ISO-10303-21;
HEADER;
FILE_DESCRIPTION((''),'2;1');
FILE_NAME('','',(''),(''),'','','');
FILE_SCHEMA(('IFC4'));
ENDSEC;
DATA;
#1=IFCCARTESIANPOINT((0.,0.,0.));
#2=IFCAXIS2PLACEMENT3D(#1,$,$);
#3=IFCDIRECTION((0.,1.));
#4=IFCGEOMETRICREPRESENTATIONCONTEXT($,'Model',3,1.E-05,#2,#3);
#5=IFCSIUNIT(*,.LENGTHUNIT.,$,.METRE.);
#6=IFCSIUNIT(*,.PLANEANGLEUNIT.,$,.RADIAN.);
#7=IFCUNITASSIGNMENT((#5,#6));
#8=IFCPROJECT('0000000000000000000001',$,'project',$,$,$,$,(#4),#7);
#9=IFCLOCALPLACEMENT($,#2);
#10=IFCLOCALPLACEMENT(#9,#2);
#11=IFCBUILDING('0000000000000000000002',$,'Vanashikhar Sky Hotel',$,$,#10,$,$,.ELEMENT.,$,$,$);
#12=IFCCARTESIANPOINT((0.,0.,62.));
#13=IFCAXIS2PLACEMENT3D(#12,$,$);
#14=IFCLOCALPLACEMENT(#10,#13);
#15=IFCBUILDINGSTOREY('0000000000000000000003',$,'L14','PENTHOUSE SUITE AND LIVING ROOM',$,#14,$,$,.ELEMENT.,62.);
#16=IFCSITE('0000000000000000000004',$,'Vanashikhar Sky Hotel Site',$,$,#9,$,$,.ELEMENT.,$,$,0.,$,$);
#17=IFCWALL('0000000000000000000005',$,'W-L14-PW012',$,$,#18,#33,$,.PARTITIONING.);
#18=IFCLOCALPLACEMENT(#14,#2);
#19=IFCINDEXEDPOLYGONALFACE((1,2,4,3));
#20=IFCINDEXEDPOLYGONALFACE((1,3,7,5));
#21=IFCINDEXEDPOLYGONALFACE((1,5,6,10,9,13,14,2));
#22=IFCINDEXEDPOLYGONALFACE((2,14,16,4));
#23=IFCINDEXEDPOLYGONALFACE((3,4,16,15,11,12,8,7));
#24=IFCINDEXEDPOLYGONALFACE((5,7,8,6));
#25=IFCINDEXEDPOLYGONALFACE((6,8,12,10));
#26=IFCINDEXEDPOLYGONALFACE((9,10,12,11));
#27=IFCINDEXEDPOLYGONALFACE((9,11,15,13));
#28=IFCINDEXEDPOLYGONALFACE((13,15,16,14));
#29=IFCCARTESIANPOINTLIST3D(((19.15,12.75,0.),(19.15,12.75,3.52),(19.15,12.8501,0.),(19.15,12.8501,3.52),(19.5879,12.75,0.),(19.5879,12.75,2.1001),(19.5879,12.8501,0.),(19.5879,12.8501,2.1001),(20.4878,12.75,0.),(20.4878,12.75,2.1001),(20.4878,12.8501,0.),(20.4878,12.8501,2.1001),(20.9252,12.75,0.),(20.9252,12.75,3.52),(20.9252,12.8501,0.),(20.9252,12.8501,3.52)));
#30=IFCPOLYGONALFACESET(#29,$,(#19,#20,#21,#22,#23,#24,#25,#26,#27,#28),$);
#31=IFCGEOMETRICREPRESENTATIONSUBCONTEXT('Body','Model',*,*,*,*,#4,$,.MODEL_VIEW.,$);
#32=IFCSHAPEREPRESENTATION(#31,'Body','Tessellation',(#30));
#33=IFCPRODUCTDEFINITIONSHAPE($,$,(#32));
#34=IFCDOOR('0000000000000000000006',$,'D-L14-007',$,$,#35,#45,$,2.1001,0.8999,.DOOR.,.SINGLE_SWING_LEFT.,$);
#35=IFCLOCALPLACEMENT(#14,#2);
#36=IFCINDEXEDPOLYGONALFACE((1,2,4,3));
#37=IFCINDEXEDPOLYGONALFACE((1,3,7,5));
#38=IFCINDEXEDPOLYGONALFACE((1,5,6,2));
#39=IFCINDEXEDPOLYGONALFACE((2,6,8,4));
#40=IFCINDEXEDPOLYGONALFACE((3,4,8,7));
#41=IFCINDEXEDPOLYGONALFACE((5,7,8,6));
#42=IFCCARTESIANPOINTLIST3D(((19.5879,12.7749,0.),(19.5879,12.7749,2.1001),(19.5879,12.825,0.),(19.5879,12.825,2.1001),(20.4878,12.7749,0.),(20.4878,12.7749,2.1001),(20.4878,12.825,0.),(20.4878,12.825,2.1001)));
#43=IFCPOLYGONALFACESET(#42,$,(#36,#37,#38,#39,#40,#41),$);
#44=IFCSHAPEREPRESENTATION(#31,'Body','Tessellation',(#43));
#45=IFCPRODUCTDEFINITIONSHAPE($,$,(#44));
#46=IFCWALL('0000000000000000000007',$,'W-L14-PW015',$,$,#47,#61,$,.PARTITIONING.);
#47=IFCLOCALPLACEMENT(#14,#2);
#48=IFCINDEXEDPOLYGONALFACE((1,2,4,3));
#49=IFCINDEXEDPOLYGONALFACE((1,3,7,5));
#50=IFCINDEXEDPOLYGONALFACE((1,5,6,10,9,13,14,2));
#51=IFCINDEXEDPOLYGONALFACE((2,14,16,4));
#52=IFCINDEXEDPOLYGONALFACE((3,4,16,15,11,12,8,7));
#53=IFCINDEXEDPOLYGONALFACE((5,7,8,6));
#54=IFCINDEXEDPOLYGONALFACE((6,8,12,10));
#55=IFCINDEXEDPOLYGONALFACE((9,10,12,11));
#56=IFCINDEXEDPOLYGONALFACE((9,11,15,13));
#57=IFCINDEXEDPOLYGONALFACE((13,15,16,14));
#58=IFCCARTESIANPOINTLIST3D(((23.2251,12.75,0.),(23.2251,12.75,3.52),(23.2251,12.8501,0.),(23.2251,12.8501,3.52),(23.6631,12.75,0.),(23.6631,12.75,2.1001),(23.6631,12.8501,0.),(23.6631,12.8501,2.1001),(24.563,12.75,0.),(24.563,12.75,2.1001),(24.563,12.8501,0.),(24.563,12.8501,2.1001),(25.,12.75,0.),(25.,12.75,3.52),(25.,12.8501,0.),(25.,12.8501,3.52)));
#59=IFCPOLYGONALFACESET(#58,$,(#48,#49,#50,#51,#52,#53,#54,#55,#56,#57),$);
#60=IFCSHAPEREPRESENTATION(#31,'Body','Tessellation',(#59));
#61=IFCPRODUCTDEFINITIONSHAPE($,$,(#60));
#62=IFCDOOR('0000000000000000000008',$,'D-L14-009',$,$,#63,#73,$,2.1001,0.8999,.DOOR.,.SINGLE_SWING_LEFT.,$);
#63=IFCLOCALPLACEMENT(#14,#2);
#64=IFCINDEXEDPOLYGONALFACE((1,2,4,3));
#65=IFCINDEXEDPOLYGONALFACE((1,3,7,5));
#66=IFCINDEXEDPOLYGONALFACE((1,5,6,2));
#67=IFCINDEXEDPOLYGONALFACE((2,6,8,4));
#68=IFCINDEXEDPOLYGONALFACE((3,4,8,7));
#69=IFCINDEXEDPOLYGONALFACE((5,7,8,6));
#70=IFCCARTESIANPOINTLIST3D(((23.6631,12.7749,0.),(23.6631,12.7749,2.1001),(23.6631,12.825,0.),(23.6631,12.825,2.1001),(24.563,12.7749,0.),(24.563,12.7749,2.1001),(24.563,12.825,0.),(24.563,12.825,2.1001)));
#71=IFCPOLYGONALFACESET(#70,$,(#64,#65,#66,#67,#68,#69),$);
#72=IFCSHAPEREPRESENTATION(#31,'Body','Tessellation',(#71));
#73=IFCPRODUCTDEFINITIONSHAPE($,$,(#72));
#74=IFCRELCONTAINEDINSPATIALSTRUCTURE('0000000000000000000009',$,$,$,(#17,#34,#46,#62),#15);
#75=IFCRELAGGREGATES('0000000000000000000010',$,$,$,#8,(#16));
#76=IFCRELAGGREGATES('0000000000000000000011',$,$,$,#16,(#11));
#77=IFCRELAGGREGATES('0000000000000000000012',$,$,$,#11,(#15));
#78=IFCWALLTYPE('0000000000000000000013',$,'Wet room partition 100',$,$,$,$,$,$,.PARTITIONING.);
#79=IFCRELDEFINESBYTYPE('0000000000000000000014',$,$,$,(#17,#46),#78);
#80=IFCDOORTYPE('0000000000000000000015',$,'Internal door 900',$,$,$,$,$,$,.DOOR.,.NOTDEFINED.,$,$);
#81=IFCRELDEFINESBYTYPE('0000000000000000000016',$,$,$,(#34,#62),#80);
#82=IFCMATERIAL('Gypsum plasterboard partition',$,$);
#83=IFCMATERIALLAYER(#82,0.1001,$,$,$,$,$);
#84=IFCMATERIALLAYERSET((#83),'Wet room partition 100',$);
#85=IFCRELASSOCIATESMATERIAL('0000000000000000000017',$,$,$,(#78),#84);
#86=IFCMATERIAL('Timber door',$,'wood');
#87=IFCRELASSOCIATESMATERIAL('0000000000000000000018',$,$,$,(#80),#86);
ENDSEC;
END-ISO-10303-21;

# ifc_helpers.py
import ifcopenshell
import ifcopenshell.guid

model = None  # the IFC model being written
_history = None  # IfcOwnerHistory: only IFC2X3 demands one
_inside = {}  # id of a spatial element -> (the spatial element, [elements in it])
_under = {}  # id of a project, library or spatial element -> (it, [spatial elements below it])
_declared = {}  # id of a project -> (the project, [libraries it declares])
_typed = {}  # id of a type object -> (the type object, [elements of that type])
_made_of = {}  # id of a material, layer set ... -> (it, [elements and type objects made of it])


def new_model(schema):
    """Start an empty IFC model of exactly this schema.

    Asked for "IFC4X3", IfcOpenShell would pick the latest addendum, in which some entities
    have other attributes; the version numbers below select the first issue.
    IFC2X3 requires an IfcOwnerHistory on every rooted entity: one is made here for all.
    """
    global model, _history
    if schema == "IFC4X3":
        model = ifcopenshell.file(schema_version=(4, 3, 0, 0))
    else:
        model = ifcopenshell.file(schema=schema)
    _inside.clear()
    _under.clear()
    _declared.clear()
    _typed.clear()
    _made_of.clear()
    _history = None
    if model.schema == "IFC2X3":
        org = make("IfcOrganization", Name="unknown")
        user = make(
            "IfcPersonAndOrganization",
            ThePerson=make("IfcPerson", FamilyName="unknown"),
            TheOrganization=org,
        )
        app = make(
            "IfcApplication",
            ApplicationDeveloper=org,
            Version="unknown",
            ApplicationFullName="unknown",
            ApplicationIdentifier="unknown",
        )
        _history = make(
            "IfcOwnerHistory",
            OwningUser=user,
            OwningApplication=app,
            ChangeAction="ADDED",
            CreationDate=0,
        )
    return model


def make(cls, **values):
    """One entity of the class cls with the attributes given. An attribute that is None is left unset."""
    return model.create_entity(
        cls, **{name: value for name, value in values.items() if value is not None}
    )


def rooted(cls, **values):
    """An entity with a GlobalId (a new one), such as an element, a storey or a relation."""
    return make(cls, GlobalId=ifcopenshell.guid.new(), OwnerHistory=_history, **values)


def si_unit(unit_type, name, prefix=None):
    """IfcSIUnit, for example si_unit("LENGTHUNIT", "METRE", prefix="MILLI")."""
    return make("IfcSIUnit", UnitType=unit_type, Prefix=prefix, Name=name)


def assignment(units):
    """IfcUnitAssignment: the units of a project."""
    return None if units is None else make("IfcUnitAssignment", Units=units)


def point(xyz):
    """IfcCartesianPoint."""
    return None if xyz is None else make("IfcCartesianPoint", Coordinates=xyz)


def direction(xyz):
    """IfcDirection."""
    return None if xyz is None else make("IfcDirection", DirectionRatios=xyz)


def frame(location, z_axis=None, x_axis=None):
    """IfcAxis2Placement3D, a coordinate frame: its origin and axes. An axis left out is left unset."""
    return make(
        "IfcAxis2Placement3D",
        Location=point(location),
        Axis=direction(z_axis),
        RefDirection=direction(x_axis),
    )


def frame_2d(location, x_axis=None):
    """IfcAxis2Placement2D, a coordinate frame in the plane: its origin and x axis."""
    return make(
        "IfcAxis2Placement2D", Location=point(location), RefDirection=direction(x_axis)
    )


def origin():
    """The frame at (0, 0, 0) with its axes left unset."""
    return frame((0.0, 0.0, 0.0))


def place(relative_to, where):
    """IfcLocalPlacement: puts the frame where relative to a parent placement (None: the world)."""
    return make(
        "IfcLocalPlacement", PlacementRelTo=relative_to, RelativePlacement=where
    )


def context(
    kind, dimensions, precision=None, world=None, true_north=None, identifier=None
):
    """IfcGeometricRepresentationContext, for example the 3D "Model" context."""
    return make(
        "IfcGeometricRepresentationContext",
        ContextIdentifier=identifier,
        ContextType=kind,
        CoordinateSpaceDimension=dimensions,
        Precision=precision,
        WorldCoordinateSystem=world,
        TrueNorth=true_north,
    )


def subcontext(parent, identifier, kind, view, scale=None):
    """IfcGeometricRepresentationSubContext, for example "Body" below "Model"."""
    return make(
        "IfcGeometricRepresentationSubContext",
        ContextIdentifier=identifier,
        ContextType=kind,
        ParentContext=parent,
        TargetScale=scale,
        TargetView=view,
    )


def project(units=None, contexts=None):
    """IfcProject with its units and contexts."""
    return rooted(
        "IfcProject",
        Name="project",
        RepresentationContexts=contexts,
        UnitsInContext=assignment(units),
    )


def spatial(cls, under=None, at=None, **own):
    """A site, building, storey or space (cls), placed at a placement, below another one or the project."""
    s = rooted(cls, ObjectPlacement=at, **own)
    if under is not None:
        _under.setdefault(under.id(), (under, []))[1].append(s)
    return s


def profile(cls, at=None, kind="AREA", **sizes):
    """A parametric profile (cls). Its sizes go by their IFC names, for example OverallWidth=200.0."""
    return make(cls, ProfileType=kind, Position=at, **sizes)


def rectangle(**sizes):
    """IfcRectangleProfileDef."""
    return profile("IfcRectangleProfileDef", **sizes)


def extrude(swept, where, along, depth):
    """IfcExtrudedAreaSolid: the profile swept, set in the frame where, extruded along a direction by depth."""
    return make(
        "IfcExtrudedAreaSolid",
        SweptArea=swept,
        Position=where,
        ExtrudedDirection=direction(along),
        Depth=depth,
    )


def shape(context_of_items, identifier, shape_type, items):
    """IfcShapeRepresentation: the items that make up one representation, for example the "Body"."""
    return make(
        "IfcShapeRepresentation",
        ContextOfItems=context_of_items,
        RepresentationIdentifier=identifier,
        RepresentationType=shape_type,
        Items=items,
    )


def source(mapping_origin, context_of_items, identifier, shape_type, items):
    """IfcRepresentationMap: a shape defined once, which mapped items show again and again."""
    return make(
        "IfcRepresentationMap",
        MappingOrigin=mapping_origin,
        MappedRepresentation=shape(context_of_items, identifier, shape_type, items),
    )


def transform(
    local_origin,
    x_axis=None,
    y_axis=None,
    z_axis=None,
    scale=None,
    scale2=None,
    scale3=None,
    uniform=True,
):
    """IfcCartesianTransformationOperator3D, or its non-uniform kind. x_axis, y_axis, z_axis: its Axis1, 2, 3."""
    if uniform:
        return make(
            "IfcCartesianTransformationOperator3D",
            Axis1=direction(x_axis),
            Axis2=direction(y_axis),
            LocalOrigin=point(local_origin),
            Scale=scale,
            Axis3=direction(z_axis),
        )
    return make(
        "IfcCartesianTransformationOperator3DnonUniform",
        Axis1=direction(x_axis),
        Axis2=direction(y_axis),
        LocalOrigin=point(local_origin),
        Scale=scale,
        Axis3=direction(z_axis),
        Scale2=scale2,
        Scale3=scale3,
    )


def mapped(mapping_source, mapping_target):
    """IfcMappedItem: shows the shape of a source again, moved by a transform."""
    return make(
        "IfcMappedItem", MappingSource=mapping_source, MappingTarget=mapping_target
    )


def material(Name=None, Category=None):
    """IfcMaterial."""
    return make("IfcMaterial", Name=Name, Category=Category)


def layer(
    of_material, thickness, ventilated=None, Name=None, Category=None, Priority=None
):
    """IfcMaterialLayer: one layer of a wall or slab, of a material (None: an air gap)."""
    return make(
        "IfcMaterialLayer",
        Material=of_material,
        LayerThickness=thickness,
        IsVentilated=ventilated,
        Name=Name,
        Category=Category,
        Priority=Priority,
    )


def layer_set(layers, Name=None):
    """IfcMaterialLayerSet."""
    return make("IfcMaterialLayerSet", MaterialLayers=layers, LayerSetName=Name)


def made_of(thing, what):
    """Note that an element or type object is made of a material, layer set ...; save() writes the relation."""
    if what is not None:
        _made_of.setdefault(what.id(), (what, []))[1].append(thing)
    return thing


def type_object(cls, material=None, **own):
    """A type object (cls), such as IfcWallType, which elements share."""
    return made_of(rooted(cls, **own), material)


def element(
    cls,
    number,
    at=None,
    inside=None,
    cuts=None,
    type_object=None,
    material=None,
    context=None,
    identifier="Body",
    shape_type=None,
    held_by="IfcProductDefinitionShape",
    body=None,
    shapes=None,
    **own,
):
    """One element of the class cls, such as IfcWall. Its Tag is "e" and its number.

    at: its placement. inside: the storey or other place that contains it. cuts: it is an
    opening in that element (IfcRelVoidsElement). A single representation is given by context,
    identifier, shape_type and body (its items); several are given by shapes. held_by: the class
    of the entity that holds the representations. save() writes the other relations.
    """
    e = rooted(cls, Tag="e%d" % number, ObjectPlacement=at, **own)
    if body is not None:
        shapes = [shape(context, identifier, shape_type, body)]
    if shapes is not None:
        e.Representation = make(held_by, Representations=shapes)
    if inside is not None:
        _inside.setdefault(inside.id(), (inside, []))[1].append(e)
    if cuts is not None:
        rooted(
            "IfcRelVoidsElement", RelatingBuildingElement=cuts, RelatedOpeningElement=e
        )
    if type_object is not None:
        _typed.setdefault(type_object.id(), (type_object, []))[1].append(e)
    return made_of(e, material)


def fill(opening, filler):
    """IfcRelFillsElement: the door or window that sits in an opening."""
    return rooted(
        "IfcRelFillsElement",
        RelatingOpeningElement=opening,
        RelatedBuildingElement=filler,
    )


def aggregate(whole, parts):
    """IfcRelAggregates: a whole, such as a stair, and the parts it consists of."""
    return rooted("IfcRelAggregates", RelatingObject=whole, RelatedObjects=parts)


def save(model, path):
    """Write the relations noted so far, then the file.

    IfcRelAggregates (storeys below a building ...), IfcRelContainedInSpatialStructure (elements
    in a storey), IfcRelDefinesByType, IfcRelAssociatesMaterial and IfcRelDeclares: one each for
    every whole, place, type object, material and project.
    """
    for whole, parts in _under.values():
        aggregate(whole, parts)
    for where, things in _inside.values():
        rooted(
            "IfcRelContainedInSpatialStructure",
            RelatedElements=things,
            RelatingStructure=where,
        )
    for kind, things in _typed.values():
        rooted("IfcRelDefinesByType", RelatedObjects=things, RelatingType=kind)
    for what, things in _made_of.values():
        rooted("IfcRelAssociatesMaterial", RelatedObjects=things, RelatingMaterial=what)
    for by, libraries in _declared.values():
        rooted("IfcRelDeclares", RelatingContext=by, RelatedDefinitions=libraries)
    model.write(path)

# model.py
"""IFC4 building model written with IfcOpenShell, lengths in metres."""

from ifc_helpers import new_model, si_unit, direction, frame, frame_2d, origin, place, context, subcontext, project, spatial, rectangle, extrude, source, transform, mapped, material, layer, layer_set, type_object, element, fill, save


model = new_model("IFC4")

# Units and contexts
model_context = context("Model", 3, precision=1e-05, world=origin(), true_north=direction((0.0, 1.0)))
body_context = subcontext(model_context, "Body", "Model", "MODEL_VIEW")
ifc_project = project(units=[si_unit("LENGTHUNIT", "METRE"), si_unit("PLANEANGLEUNIT", "RADIAN")], contexts=[model_context])

# Site, building, storey
site_placement = place(None, origin())
site = spatial("IfcSite", under=ifc_project, at=site_placement, Name="Vanashikhar Sky Hotel Site", CompositionType="ELEMENT", RefElevation=0.0)
building_placement = place(site_placement, origin())
building = spatial("IfcBuilding", under=site, at=building_placement, Name="Vanashikhar Sky Hotel", CompositionType="ELEMENT")
storey_placement = place(building_placement, frame((0.0, 0.0, 62.0)))
storey = spatial("IfcBuildingStorey", under=building, at=storey_placement, Name="L14", Description="PENTHOUSE SUITE AND LIVING ROOM", CompositionType="ELEMENT", Elevation=62.0)

# Shared definitions
ifc_material_1 = material(Name="Gypsum plasterboard partition")
ifc_layer_1 = layer(ifc_material_1, 0.1001)
ifc_layer_set_1 = layer_set([ifc_layer_1], Name="Wet room partition 100")
wall_type_1 = type_object("IfcWallType", Name="Wet room partition 100", PredefinedType="PARTITIONING", material=ifc_layer_set_1)
shared_shape_1 = source(origin(), body_context, "Body", "SweptSolid", [
    extrude(rectangle(XDim=0.8999, YDim=2.1001, at=frame_2d((0.45, 1.05))), frame((0.0, 0.0601, 0.0), z_axis=(0.0, -1.0, 0.0), x_axis=(1.0, 0.0, 0.0)), (0.0, 0.0, 1.0), 0.1201),
])
ifc_material_2 = material(Name="Timber door", Category="wood")
door_type_1 = type_object("IfcDoorType", Name="Internal door 900", OperationType="NOTDEFINED", PredefinedType="DOOR", material=ifc_material_2)
shared_shape_2 = source(origin(), body_context, "Body", "SweptSolid", [
    extrude(rectangle(XDim=0.8999, YDim=2.1001, at=frame_2d((0.45, 1.05))), frame((0.0, 0.0249, 0.0), z_axis=(0.0, -1.0, 0.0), x_axis=(1.0, 0.0, 0.0)), (0.0, 0.0, 1.0), 0.05),
])

# Walls, openings, doors
shared_shape_3 = source(origin(), body_context, "Body", "SweptSolid", [
    extrude(rectangle(XDim=1.7751, YDim=0.1001, at=frame_2d((0.8877, 0.0))), origin(), (0.0, 0.0, 1.0), 3.52),
])
wall_1_placement = place(storey_placement, frame((19.1499, 12.8, 0.0), z_axis=(0.0, 0.0, 1.0), x_axis=(1.0, 0.0, 0.0)))
wall_1 = element("IfcWall", 1, at=wall_1_placement, inside=storey, type_object=wall_type_1, Name="W-L14-PW012", PredefinedType="PARTITIONING", context=body_context, shape_type="MappedRepresentation", body=[
    mapped(shared_shape_3, transform((0.0, 0.0, 0.0), scale=1.0)),
])
opening_1_placement = place(wall_1_placement, frame((0.438, 0.0, 0.0)))
opening_1 = element("IfcOpeningElement", 2, at=opening_1_placement, cuts=wall_1, PredefinedType="OPENING", context=body_context, shape_type="MappedRepresentation", body=[
    mapped(shared_shape_1, transform((0.0, 0.0, 0.0), scale=1.0)),
])
door_1_placement = place(opening_1_placement, origin())
door_1 = element("IfcDoor", 3, at=door_1_placement, inside=storey, type_object=door_type_1, Name="D-L14-007", OperationType="SINGLE_SWING_LEFT", OverallHeight=2.1001, OverallWidth=0.8999, PredefinedType="DOOR", context=body_context, shape_type="MappedRepresentation", body=[
    mapped(shared_shape_2, transform((0.0, 0.0, 0.0), scale=1.0)),
])
fill(opening_1, door_1)
shared_shape_4 = source(origin(), body_context, "Body", "SweptSolid", [
    extrude(rectangle(XDim=1.7749, YDim=0.1001, at=frame_2d((0.8875, 0.0))), origin(), (0.0, 0.0, 1.0), 3.52),
])
wall_2_placement = place(storey_placement, frame((23.2251, 12.8, 0.0), z_axis=(0.0, 0.0, 1.0), x_axis=(1.0, 0.0, 0.0)))
wall_2 = element("IfcWall", 4, at=wall_2_placement, inside=storey, type_object=wall_type_1, Name="W-L14-PW015", PredefinedType="PARTITIONING", context=body_context, shape_type="MappedRepresentation", body=[
    mapped(shared_shape_4, transform((0.0, 0.0, 0.0), scale=1.0)),
])
opening_2_placement = place(wall_2_placement, frame((0.438, 0.0, 0.0)))
opening_2 = element("IfcOpeningElement", 5, at=opening_2_placement, cuts=wall_2, PredefinedType="OPENING", context=body_context, shape_type="MappedRepresentation", body=[
    mapped(shared_shape_1, transform((0.0, 0.0, 0.0), scale=1.0)),
])
door_2_placement = place(opening_2_placement, origin())
door_2 = element("IfcDoor", 6, at=door_2_placement, inside=storey, type_object=door_type_1, Name="D-L14-009", OperationType="SINGLE_SWING_LEFT", OverallHeight=2.1001, OverallWidth=0.8999, PredefinedType="DOOR", context=body_context, shape_type="MappedRepresentation", body=[
    mapped(shared_shape_2, transform((0.0, 0.0, 0.0), scale=1.0)),
])
fill(opening_2, door_2)

save(model, "model.ifc")
